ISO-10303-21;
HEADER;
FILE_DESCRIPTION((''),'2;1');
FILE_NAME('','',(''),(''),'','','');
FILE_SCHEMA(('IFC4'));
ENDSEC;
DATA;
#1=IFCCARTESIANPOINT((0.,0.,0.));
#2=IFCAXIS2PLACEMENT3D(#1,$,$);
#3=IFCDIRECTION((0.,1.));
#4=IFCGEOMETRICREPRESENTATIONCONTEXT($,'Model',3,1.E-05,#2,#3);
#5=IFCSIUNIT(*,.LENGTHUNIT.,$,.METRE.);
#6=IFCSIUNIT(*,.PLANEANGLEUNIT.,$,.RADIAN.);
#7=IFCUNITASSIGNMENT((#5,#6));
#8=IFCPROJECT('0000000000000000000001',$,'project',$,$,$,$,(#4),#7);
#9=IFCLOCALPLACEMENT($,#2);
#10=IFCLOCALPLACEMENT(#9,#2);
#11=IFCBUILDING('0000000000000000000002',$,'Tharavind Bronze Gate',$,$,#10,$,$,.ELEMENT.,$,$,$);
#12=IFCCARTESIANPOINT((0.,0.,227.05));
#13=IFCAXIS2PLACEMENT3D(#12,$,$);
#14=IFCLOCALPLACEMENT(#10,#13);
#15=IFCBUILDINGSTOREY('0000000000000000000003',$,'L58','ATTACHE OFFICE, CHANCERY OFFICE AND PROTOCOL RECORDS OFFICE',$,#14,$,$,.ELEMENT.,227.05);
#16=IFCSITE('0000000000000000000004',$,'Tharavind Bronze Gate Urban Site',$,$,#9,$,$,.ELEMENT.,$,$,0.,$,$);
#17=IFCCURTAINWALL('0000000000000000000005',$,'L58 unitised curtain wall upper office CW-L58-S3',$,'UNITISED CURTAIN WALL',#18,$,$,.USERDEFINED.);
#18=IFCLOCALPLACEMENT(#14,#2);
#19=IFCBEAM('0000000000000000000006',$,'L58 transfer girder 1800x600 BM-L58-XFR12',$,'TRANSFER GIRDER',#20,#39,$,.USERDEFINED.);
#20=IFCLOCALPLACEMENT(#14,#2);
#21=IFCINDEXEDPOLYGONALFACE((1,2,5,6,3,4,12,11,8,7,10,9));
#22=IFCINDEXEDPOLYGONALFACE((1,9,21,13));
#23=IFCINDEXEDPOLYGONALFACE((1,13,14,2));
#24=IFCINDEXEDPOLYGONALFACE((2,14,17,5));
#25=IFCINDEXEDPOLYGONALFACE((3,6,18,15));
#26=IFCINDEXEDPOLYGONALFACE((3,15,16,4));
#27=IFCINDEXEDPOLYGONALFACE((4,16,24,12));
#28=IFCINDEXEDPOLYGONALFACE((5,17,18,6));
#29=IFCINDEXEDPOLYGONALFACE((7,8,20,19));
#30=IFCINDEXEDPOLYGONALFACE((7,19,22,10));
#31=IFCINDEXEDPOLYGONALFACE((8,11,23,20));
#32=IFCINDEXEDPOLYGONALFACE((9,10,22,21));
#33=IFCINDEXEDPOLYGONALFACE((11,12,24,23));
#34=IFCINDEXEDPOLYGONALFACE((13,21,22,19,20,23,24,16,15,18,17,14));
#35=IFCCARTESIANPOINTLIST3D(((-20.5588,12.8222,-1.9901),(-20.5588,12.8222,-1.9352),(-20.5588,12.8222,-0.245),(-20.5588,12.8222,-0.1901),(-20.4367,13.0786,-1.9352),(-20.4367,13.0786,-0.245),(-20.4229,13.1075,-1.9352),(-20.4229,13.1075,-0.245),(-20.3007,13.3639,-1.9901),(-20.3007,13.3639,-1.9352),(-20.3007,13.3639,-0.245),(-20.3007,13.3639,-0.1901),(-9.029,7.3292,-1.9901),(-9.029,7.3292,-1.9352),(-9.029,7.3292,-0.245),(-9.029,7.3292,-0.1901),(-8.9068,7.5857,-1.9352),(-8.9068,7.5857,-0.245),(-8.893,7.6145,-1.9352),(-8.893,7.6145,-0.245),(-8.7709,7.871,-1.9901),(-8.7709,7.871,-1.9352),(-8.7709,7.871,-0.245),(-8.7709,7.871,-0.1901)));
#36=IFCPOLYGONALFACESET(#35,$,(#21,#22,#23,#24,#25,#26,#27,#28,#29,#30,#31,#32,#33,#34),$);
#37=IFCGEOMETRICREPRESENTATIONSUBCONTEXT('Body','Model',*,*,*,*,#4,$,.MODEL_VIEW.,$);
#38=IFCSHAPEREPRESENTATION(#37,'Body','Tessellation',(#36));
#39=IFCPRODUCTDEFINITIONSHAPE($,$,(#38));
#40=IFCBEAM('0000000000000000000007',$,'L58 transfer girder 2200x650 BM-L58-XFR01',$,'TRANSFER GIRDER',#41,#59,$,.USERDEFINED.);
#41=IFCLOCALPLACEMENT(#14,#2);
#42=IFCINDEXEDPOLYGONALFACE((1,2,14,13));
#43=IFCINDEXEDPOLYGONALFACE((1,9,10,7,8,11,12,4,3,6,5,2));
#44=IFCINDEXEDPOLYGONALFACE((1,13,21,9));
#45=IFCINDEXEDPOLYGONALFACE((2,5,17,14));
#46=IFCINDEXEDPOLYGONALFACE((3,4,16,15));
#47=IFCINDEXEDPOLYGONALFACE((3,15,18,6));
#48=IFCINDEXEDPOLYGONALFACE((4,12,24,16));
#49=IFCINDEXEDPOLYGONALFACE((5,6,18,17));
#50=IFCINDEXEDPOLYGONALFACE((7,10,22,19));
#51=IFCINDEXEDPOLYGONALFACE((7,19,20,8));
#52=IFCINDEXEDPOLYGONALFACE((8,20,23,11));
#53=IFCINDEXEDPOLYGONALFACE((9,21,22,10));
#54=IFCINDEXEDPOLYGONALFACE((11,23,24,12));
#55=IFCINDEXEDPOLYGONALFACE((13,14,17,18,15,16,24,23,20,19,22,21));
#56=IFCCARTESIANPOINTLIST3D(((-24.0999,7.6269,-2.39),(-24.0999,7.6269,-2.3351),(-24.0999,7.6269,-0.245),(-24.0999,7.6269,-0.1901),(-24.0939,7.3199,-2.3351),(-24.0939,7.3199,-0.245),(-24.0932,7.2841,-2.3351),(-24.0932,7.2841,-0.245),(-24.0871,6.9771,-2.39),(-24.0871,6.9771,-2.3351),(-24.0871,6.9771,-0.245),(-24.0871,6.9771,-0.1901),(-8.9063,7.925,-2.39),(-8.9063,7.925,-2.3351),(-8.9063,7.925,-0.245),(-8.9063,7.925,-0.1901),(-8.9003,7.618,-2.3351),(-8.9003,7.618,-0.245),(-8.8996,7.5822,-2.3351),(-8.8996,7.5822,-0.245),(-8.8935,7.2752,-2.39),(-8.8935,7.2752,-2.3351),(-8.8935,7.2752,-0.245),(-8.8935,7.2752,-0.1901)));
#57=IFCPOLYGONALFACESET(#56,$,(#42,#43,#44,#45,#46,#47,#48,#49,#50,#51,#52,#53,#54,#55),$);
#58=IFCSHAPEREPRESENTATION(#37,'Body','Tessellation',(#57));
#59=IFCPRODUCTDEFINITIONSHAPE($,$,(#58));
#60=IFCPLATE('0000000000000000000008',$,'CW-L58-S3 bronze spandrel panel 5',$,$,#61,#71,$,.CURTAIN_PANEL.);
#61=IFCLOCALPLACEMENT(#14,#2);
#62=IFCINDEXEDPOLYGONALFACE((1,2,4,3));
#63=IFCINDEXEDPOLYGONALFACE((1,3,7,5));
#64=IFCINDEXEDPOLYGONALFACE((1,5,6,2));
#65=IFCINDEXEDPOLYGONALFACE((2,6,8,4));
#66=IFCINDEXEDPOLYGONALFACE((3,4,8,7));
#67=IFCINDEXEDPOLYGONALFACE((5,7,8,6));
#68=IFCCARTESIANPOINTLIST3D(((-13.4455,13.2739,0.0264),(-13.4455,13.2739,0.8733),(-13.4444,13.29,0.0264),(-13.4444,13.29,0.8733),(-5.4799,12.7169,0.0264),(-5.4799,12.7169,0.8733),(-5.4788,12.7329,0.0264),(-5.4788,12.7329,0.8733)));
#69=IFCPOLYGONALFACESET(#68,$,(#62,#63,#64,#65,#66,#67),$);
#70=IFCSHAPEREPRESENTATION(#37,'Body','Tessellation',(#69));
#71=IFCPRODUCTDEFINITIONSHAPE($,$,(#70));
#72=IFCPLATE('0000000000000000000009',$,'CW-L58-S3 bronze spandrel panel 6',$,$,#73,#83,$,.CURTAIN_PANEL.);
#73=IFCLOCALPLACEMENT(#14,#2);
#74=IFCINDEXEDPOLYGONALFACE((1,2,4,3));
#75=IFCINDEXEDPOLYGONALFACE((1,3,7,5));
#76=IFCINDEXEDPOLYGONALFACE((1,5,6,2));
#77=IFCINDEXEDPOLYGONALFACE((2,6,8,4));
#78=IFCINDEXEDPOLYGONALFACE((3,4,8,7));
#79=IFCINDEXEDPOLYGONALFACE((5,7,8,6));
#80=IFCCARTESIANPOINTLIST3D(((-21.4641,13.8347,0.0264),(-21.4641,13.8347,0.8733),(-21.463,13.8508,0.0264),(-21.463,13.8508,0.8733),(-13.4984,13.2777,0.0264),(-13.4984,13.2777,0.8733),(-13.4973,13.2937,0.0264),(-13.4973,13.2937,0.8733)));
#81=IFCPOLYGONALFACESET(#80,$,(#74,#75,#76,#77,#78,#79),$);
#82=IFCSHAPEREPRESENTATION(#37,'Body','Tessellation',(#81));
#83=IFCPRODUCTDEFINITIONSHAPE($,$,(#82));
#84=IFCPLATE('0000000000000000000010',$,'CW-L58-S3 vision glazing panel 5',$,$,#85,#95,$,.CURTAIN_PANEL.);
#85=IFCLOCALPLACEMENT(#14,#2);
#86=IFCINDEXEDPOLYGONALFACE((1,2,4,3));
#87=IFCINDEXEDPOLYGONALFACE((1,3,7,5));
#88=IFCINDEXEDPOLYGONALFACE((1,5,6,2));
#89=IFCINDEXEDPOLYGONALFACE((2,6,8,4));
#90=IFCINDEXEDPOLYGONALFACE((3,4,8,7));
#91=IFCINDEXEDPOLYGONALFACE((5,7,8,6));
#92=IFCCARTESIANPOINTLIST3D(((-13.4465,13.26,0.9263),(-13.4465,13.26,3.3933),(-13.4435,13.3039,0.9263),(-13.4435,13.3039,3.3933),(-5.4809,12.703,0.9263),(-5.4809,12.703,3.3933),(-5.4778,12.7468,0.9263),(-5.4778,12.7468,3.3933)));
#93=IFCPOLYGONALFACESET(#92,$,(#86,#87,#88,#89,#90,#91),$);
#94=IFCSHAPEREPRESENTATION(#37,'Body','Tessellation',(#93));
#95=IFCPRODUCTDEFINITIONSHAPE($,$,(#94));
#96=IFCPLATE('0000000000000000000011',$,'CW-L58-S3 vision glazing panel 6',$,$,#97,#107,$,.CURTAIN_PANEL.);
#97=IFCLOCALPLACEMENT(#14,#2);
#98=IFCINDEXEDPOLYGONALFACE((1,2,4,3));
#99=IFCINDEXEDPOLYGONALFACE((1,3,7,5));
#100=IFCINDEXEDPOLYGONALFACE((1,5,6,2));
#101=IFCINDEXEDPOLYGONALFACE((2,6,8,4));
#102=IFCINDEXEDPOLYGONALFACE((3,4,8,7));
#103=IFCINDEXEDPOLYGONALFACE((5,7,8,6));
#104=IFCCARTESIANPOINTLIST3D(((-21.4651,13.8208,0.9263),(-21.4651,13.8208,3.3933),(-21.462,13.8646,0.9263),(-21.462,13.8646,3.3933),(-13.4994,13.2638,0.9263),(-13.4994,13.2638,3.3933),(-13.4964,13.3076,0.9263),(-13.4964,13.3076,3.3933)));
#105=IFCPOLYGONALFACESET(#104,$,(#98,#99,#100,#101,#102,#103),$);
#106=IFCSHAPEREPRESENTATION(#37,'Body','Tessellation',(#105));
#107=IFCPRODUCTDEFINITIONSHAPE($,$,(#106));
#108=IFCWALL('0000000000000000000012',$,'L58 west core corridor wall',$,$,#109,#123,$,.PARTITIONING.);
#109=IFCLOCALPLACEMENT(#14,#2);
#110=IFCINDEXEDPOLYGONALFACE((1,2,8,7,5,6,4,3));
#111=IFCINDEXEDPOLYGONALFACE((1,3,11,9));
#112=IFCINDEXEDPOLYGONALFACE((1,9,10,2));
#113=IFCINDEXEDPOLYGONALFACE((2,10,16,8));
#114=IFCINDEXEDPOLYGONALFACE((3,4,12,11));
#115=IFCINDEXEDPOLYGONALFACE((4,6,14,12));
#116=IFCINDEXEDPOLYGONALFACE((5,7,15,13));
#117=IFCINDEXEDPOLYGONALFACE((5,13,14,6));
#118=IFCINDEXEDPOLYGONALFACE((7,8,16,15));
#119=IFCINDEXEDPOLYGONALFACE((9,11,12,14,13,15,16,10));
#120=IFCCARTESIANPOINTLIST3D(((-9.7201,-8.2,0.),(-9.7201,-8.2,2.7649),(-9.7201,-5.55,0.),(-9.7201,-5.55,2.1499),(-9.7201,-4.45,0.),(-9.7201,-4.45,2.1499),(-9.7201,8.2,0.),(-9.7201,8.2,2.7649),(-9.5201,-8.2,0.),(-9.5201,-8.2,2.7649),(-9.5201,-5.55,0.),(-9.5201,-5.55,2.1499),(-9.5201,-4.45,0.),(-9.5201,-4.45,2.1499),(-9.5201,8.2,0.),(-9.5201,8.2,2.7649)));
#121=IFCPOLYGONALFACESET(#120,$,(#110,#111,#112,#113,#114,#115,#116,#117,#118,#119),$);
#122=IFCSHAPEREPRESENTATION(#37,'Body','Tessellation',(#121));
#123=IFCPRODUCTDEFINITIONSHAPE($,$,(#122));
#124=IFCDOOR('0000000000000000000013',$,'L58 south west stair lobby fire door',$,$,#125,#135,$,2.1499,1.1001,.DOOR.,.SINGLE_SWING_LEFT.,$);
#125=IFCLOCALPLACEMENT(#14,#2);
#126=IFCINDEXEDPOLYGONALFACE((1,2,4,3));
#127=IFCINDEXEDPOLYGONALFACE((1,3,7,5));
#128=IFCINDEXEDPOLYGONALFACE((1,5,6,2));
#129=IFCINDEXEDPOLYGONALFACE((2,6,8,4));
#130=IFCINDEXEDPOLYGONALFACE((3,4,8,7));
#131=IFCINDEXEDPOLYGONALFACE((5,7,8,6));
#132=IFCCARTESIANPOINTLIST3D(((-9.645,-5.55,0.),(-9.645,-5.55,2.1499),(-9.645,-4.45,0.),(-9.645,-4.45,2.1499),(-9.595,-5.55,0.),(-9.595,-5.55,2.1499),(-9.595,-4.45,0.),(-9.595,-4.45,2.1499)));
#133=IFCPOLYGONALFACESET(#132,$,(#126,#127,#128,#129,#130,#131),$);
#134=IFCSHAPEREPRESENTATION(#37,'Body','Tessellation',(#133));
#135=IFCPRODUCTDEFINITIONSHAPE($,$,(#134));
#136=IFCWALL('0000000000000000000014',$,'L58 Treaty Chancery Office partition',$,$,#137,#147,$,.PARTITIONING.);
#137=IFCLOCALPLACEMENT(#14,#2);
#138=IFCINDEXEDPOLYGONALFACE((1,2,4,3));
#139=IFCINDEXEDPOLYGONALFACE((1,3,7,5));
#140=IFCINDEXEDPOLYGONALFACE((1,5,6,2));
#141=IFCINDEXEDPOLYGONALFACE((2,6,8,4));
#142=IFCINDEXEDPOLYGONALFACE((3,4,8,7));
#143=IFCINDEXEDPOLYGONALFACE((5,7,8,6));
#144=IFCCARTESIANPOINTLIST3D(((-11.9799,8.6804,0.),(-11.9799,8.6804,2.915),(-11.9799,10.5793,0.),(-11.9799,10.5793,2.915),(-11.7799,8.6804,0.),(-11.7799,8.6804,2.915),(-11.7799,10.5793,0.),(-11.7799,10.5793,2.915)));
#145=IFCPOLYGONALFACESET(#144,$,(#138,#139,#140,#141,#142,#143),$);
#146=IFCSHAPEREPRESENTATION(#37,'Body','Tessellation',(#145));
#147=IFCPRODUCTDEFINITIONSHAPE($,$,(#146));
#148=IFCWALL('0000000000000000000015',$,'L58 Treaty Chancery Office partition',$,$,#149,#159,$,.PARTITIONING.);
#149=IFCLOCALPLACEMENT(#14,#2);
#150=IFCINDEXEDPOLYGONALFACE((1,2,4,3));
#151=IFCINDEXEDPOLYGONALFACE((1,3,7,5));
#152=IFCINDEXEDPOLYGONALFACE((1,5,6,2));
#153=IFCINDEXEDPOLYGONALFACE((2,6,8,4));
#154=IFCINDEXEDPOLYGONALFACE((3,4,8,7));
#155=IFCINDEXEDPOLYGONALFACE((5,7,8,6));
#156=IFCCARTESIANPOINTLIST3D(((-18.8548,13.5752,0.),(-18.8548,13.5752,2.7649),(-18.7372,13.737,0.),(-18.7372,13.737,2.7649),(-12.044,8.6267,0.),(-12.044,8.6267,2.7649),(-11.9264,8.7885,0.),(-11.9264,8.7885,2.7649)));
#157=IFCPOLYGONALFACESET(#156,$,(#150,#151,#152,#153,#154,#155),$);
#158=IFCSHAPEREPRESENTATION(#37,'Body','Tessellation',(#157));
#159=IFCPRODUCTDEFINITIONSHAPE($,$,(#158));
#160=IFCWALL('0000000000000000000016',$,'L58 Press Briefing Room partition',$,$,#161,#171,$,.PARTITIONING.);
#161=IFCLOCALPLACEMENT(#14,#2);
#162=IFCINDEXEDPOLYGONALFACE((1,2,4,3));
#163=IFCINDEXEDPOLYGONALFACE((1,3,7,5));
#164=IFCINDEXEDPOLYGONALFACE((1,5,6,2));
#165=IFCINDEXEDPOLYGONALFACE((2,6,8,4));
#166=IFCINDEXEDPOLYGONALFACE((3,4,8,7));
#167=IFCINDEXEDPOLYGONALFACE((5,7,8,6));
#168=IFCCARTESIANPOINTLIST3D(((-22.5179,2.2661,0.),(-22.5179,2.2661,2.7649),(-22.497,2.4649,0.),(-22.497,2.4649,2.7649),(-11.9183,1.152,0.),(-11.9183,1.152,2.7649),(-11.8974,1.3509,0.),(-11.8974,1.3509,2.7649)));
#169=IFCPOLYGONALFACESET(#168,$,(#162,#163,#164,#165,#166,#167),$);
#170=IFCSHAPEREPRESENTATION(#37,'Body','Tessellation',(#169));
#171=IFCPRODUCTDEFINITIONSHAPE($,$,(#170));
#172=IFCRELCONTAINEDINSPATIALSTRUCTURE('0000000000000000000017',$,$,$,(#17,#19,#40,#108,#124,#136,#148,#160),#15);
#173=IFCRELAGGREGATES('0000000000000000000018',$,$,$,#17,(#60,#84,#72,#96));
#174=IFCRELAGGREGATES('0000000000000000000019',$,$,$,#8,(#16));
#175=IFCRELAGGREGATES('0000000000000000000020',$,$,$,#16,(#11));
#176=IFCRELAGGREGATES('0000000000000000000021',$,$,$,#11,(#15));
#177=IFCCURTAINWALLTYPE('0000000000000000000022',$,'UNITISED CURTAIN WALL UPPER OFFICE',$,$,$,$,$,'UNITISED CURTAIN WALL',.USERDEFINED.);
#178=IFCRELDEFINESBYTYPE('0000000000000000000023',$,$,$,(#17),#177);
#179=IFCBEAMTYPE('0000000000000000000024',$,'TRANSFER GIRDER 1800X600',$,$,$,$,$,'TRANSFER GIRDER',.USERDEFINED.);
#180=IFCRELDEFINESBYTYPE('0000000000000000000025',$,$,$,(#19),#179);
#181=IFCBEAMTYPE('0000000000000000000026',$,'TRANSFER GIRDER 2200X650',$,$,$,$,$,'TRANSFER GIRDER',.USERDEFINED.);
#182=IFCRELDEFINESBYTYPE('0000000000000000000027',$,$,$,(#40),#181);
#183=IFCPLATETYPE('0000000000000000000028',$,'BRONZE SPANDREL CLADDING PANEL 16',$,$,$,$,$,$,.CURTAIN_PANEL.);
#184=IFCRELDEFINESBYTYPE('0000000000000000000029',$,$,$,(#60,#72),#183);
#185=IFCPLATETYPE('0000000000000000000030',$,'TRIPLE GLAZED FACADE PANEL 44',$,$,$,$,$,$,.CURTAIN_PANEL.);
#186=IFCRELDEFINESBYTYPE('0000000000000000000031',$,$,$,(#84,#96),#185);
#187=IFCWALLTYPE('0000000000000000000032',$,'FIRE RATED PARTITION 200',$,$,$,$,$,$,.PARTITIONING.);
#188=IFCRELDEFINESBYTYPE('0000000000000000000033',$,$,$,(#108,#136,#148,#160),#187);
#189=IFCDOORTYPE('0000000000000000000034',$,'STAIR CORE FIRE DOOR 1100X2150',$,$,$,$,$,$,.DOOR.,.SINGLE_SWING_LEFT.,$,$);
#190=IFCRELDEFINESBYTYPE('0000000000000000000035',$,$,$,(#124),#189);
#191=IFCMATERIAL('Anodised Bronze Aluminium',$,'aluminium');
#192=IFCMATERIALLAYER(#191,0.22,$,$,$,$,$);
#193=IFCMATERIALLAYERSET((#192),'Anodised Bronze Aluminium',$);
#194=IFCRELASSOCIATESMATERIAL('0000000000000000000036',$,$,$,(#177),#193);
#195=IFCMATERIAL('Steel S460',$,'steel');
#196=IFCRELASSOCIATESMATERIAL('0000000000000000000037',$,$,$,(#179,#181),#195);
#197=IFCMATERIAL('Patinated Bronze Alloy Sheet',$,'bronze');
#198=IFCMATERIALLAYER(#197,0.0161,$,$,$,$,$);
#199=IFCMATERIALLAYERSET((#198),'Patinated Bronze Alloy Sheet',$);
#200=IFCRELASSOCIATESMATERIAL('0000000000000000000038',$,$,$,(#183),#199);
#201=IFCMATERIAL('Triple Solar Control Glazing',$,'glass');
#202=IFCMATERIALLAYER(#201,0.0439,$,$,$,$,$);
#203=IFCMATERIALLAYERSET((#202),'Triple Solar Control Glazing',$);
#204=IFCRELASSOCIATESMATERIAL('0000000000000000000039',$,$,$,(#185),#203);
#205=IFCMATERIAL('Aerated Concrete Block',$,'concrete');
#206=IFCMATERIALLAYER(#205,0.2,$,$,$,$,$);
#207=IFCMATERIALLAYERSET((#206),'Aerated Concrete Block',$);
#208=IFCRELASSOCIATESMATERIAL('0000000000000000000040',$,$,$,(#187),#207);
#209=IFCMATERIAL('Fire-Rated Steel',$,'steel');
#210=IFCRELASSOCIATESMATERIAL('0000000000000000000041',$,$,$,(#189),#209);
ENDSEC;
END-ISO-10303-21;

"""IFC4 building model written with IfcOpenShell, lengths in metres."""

from ifc_helpers import new_model, si_unit, direction, frame, frame_2d, origin, origin_2d, place, context, subcontext, project, spatial, rectangle, i_section, extrude, material, layer, layer_set, material_profile, profile_set, type_object, element, fill, aggregate, save


model = new_model("IFC4")

# Units and contexts
model_context = context("Model", 3, precision=1e-05, world=origin(), true_north=direction((0.0, 1.0)))
body_context = subcontext(model_context, "Body", "Model", "MODEL_VIEW")
ifc_project = project(units=[si_unit("LENGTHUNIT", "METRE"), si_unit("PLANEANGLEUNIT", "RADIAN")], contexts=[model_context])

# Site, building, storey
site_placement = place(None, origin())
site = spatial("IfcSite", under=ifc_project, at=site_placement, Name="Tharavind Bronze Gate Urban Site", CompositionType="ELEMENT", RefElevation=0.0)
building_placement = place(site_placement, origin())
building = spatial("IfcBuilding", under=site, at=building_placement, Name="Tharavind Bronze Gate", CompositionType="ELEMENT")
storey_placement = place(building_placement, frame((0.0, 0.0, 227.05)))
storey = spatial("IfcBuildingStorey", under=building, at=storey_placement, Name="L58", Description="ATTACHE OFFICE, CHANCERY OFFICE AND PROTOCOL RECORDS OFFICE", CompositionType="ELEMENT", Elevation=227.05)

# Curtain wall
ifc_material_1 = material(Name="Anodised Bronze Aluminium", Category="aluminium")
ifc_layer_1 = layer(ifc_material_1, 0.22)
ifc_layer_set_1 = layer_set([ifc_layer_1], Name="Anodised Bronze Aluminium")
curtain_wall_type = type_object("IfcCurtainWallType", Name="UNITISED CURTAIN WALL UPPER OFFICE", ElementType="UNITISED CURTAIN WALL", PredefinedType="USERDEFINED", material=ifc_layer_set_1)
curtain_wall_placement = place(storey_placement, origin())
curtain_wall = element("IfcCurtainWall", 1, at=curtain_wall_placement, inside=storey, type_object=curtain_wall_type, Name="L58 unitised curtain wall upper office CW-L58-S3", ObjectType="UNITISED CURTAIN WALL", PredefinedType="USERDEFINED")

# Beams
ifc_material_2 = material(Name="Steel S460", Category="steel")
ifc_material_profile_1 = material_profile(ifc_material_2, i_section(OverallWidth=0.6001, OverallDepth=1.8, WebThickness=0.032, FlangeThickness=0.0549, at=origin_2d()), Name="PG1800X600")
ifc_profile_set_1 = profile_set([ifc_material_profile_1], Name="Steel S460")
beam_type_1 = type_object("IfcBeamType", Name="TRANSFER GIRDER 1800X600", ElementType="TRANSFER GIRDER", PredefinedType="USERDEFINED", material=ifc_profile_set_1)
beam_1_placement = place(storey_placement, frame((-8.8999, 7.6001, -1.0901), z_axis=(-0.902783, 0.430096, 0.0), x_axis=(-0.430096, -0.902783, 0.0)))
element("IfcBeam", 2, at=beam_1_placement, inside=storey, type_object=beam_type_1, Name="L58 transfer girder 1800x600 BM-L58-XFR12", ObjectType="TRANSFER GIRDER", PredefinedType="USERDEFINED", context=body_context, shape_type="SweptSolid", body=[
    extrude(i_section(OverallWidth=0.6001, OverallDepth=1.8, WebThickness=0.032, FlangeThickness=0.0549, at=origin_2d()), origin(), (0.0, 0.0, 1.0), 12.7715),
])
ifc_material_profile_2 = material_profile(ifc_material_2, i_section(OverallWidth=0.6499, OverallDepth=2.2, WebThickness=0.0359, FlangeThickness=0.0549, at=origin_2d()), Name="PG2200X650")
ifc_profile_set_2 = profile_set([ifc_material_profile_2], Name="Steel S460")
beam_type_2 = type_object("IfcBeamType", Name="TRANSFER GIRDER 2200X650", ElementType="TRANSFER GIRDER", PredefinedType="USERDEFINED", material=ifc_profile_set_2)
beam_2_placement = place(storey_placement, frame((-8.8999, 7.6001, -1.29), z_axis=(-0.999808, -0.019616, 0.0), x_axis=(0.019616, -0.999808, 0.0)))
element("IfcBeam", 3, at=beam_2_placement, inside=storey, type_object=beam_type_2, Name="L58 transfer girder 2200x650 BM-L58-XFR01", ObjectType="TRANSFER GIRDER", PredefinedType="USERDEFINED", context=body_context, shape_type="SweptSolid", body=[
    extrude(i_section(OverallWidth=0.6499, OverallDepth=2.2, WebThickness=0.0359, FlangeThickness=0.0549, at=origin_2d()), origin(), (0.0, 0.0, 1.0), 15.1965),
])

# Plates
ifc_material_3 = material(Name="Patinated Bronze Alloy Sheet", Category="bronze")
ifc_layer_2 = layer(ifc_material_3, 0.0161)
ifc_layer_set_2 = layer_set([ifc_layer_2], Name="Patinated Bronze Alloy Sheet")
plate_type_1 = type_object("IfcPlateType", Name="BRONZE SPANDREL CLADDING PANEL 16", PredefinedType="CURTAIN_PANEL", material=ifc_layer_set_2)
plate_1_placement = place(storey_placement, frame((-9.4622, 13.0034, 0.0264), z_axis=(0.0, 0.0, 1.0), x_axis=(-0.997564, 0.069758, 0.0)))
plate_1 = element("IfcPlate", 4, at=plate_1_placement, type_object=plate_type_1, Name="CW-L58-S3 bronze spandrel panel 5", PredefinedType="CURTAIN_PANEL", context=body_context, shape_type="SweptSolid", body=[
    extrude(rectangle(XDim=7.9851, YDim=0.0161, at=origin_2d()), origin(), (0.0, 0.0, 1.0), 0.8469),
])
plate_2_placement = place(storey_placement, frame((-17.4807, 13.5642, 0.0264), z_axis=(0.0, 0.0, 1.0), x_axis=(-0.997564, 0.069758, 0.0)))
plate_2 = element("IfcPlate", 5, at=plate_2_placement, type_object=plate_type_1, Name="CW-L58-S3 bronze spandrel panel 6", PredefinedType="CURTAIN_PANEL", context=body_context, shape_type="SweptSolid", body=[
    extrude(rectangle(XDim=7.9851, YDim=0.0161, at=origin_2d()), origin(), (0.0, 0.0, 1.0), 0.8469),
])
ifc_material_4 = material(Name="Triple Solar Control Glazing", Category="glass")
ifc_layer_3 = layer(ifc_material_4, 0.0439)
ifc_layer_set_3 = layer_set([ifc_layer_3], Name="Triple Solar Control Glazing")
plate_type_2 = type_object("IfcPlateType", Name="TRIPLE GLAZED FACADE PANEL 44", PredefinedType="CURTAIN_PANEL", material=ifc_layer_set_3)
plate_3_placement = place(storey_placement, frame((-9.4622, 13.0034, 0.9263), z_axis=(0.0, 0.0, 1.0), x_axis=(-0.997564, 0.069758, 0.0)))
plate_3 = element("IfcPlate", 6, at=plate_3_placement, type_object=plate_type_2, Name="CW-L58-S3 vision glazing panel 5", PredefinedType="CURTAIN_PANEL", context=body_context, shape_type="SweptSolid", body=[
    extrude(rectangle(XDim=7.9851, YDim=0.0439, at=origin_2d()), origin(), (0.0, 0.0, 1.0), 2.467),
])
plate_4_placement = place(storey_placement, frame((-17.4807, 13.5642, 0.9263), z_axis=(0.0, 0.0, 1.0), x_axis=(-0.997564, 0.069758, 0.0)))
plate_4 = element("IfcPlate", 7, at=plate_4_placement, type_object=plate_type_2, Name="CW-L58-S3 vision glazing panel 6", PredefinedType="CURTAIN_PANEL", context=body_context, shape_type="SweptSolid", body=[
    extrude(rectangle(XDim=7.9851, YDim=0.0439, at=origin_2d()), origin(), (0.0, 0.0, 1.0), 2.467),
])
aggregate(curtain_wall, [plate_1, plate_3, plate_2, plate_4])

# Wall, opening, door
ifc_material_5 = material(Name="Aerated Concrete Block", Category="concrete")
ifc_layer_4 = layer(ifc_material_5, 0.2)
ifc_layer_set_4 = layer_set([ifc_layer_4], Name="Aerated Concrete Block")
wall_type = type_object("IfcWallType", Name="FIRE RATED PARTITION 200", PredefinedType="PARTITIONING", material=ifc_layer_set_4)
wall_1_placement = place(storey_placement, frame((-9.6201, 8.2, 0.0), z_axis=(0.0, 0.0, 1.0), x_axis=(0.0, -1.0, 0.0)))
wall_1 = element("IfcWall", 8, at=wall_1_placement, inside=storey, type_object=wall_type, Name="L58 west core corridor wall", PredefinedType="PARTITIONING", context=body_context, shape_type="SweptSolid", body=[
    extrude(rectangle(XDim=16.3999, YDim=0.2, at=frame_2d((8.2, 0.0))), origin(), (0.0, 0.0, 1.0), 2.7649),
])
opening_1_placement = place(wall_1_placement, frame((12.6499, 0.0, 0.0)))
opening_1 = element("IfcOpeningElement", 9, at=opening_1_placement, cuts=wall_1, PredefinedType="OPENING", context=body_context, shape_type="SweptSolid", body=[
    extrude(rectangle(XDim=1.1001, YDim=2.1499, at=frame_2d((0.55, 1.075))), frame((0.0, 0.1101, 0.0), z_axis=(0.0, -1.0, 0.0), x_axis=(1.0, 0.0, 0.0)), (0.0, 0.0, 1.0), 0.22),
])
ifc_material_6 = material(Name="Fire-Rated Steel", Category="steel")
door_type_1 = type_object("IfcDoorType", Name="STAIR CORE FIRE DOOR 1100X2150", OperationType="SINGLE_SWING_LEFT", PredefinedType="DOOR", material=ifc_material_6)
door_1_placement = place(opening_1_placement, frame((1.1001, 0.0, 0.0), z_axis=(0.0, 0.0, 1.0), x_axis=(-1.0, 0.0, 0.0)))
door_1 = element("IfcDoor", 10, at=door_1_placement, inside=storey, type_object=door_type_1, Name="L58 south west stair lobby fire door", OperationType="SINGLE_SWING_LEFT", OverallHeight=2.1499, OverallWidth=1.1001, PredefinedType="DOOR", context=body_context, shape_type="SweptSolid", body=[
    extrude(rectangle(XDim=1.1001, YDim=2.1499, at=frame_2d((0.55, 1.075))), frame((0.0, 0.0249, 0.0), z_axis=(0.0, -1.0, 0.0), x_axis=(1.0, 0.0, 0.0)), (0.0, 0.0, 1.0), 0.05),
])
fill(opening_1, door_1)

# Walls
wall_2_placement = place(storey_placement, frame((-11.8799, 10.5793, 0.0), z_axis=(0.0, 0.0, 1.0), x_axis=(0.0, -1.0, 0.0)))
element("IfcWall", 11, at=wall_2_placement, inside=storey, type_object=wall_type, Name="L58 Treaty Chancery Office partition", PredefinedType="PARTITIONING", context=body_context, shape_type="SweptSolid", body=[
    extrude(rectangle(XDim=1.8989, YDim=0.2, at=frame_2d((0.9495, 0.0))), origin(), (0.0, 0.0, 1.0), 2.915),
])
wall_3_placement = place(storey_placement, frame((-11.9851, 8.7075, 0.0), z_axis=(0.0, 0.0, 1.0), x_axis=(-0.809008, 0.587797, 0.0)))
element("IfcWall", 12, at=wall_3_placement, inside=storey, type_object=wall_type, Name="L58 Treaty Chancery Office partition", PredefinedType="PARTITIONING", context=body_context, shape_type="SweptSolid", body=[
    extrude(rectangle(XDim=8.4187, YDim=0.2, at=frame_2d((4.2095, 0.0))), origin(), (0.0, 0.0, 1.0), 2.7649),
])

# Wall
wall_4_placement = place(storey_placement, frame((-11.9077, 1.2515, 0.0), z_axis=(0.0, 0.0, 1.0), x_axis=(-0.994522, 0.104524, 0.0)))
element("IfcWall", 13, at=wall_4_placement, inside=storey, type_object=wall_type, Name="L58 Press Briefing Room partition", PredefinedType="PARTITIONING", context=body_context, shape_type="SweptSolid", body=[
    extrude(rectangle(XDim=10.658, YDim=0.2, at=frame_2d((5.3291, 0.0))), origin(), (0.0, 0.0, 1.0), 2.7649),
])

save(model, "model.ifc")
